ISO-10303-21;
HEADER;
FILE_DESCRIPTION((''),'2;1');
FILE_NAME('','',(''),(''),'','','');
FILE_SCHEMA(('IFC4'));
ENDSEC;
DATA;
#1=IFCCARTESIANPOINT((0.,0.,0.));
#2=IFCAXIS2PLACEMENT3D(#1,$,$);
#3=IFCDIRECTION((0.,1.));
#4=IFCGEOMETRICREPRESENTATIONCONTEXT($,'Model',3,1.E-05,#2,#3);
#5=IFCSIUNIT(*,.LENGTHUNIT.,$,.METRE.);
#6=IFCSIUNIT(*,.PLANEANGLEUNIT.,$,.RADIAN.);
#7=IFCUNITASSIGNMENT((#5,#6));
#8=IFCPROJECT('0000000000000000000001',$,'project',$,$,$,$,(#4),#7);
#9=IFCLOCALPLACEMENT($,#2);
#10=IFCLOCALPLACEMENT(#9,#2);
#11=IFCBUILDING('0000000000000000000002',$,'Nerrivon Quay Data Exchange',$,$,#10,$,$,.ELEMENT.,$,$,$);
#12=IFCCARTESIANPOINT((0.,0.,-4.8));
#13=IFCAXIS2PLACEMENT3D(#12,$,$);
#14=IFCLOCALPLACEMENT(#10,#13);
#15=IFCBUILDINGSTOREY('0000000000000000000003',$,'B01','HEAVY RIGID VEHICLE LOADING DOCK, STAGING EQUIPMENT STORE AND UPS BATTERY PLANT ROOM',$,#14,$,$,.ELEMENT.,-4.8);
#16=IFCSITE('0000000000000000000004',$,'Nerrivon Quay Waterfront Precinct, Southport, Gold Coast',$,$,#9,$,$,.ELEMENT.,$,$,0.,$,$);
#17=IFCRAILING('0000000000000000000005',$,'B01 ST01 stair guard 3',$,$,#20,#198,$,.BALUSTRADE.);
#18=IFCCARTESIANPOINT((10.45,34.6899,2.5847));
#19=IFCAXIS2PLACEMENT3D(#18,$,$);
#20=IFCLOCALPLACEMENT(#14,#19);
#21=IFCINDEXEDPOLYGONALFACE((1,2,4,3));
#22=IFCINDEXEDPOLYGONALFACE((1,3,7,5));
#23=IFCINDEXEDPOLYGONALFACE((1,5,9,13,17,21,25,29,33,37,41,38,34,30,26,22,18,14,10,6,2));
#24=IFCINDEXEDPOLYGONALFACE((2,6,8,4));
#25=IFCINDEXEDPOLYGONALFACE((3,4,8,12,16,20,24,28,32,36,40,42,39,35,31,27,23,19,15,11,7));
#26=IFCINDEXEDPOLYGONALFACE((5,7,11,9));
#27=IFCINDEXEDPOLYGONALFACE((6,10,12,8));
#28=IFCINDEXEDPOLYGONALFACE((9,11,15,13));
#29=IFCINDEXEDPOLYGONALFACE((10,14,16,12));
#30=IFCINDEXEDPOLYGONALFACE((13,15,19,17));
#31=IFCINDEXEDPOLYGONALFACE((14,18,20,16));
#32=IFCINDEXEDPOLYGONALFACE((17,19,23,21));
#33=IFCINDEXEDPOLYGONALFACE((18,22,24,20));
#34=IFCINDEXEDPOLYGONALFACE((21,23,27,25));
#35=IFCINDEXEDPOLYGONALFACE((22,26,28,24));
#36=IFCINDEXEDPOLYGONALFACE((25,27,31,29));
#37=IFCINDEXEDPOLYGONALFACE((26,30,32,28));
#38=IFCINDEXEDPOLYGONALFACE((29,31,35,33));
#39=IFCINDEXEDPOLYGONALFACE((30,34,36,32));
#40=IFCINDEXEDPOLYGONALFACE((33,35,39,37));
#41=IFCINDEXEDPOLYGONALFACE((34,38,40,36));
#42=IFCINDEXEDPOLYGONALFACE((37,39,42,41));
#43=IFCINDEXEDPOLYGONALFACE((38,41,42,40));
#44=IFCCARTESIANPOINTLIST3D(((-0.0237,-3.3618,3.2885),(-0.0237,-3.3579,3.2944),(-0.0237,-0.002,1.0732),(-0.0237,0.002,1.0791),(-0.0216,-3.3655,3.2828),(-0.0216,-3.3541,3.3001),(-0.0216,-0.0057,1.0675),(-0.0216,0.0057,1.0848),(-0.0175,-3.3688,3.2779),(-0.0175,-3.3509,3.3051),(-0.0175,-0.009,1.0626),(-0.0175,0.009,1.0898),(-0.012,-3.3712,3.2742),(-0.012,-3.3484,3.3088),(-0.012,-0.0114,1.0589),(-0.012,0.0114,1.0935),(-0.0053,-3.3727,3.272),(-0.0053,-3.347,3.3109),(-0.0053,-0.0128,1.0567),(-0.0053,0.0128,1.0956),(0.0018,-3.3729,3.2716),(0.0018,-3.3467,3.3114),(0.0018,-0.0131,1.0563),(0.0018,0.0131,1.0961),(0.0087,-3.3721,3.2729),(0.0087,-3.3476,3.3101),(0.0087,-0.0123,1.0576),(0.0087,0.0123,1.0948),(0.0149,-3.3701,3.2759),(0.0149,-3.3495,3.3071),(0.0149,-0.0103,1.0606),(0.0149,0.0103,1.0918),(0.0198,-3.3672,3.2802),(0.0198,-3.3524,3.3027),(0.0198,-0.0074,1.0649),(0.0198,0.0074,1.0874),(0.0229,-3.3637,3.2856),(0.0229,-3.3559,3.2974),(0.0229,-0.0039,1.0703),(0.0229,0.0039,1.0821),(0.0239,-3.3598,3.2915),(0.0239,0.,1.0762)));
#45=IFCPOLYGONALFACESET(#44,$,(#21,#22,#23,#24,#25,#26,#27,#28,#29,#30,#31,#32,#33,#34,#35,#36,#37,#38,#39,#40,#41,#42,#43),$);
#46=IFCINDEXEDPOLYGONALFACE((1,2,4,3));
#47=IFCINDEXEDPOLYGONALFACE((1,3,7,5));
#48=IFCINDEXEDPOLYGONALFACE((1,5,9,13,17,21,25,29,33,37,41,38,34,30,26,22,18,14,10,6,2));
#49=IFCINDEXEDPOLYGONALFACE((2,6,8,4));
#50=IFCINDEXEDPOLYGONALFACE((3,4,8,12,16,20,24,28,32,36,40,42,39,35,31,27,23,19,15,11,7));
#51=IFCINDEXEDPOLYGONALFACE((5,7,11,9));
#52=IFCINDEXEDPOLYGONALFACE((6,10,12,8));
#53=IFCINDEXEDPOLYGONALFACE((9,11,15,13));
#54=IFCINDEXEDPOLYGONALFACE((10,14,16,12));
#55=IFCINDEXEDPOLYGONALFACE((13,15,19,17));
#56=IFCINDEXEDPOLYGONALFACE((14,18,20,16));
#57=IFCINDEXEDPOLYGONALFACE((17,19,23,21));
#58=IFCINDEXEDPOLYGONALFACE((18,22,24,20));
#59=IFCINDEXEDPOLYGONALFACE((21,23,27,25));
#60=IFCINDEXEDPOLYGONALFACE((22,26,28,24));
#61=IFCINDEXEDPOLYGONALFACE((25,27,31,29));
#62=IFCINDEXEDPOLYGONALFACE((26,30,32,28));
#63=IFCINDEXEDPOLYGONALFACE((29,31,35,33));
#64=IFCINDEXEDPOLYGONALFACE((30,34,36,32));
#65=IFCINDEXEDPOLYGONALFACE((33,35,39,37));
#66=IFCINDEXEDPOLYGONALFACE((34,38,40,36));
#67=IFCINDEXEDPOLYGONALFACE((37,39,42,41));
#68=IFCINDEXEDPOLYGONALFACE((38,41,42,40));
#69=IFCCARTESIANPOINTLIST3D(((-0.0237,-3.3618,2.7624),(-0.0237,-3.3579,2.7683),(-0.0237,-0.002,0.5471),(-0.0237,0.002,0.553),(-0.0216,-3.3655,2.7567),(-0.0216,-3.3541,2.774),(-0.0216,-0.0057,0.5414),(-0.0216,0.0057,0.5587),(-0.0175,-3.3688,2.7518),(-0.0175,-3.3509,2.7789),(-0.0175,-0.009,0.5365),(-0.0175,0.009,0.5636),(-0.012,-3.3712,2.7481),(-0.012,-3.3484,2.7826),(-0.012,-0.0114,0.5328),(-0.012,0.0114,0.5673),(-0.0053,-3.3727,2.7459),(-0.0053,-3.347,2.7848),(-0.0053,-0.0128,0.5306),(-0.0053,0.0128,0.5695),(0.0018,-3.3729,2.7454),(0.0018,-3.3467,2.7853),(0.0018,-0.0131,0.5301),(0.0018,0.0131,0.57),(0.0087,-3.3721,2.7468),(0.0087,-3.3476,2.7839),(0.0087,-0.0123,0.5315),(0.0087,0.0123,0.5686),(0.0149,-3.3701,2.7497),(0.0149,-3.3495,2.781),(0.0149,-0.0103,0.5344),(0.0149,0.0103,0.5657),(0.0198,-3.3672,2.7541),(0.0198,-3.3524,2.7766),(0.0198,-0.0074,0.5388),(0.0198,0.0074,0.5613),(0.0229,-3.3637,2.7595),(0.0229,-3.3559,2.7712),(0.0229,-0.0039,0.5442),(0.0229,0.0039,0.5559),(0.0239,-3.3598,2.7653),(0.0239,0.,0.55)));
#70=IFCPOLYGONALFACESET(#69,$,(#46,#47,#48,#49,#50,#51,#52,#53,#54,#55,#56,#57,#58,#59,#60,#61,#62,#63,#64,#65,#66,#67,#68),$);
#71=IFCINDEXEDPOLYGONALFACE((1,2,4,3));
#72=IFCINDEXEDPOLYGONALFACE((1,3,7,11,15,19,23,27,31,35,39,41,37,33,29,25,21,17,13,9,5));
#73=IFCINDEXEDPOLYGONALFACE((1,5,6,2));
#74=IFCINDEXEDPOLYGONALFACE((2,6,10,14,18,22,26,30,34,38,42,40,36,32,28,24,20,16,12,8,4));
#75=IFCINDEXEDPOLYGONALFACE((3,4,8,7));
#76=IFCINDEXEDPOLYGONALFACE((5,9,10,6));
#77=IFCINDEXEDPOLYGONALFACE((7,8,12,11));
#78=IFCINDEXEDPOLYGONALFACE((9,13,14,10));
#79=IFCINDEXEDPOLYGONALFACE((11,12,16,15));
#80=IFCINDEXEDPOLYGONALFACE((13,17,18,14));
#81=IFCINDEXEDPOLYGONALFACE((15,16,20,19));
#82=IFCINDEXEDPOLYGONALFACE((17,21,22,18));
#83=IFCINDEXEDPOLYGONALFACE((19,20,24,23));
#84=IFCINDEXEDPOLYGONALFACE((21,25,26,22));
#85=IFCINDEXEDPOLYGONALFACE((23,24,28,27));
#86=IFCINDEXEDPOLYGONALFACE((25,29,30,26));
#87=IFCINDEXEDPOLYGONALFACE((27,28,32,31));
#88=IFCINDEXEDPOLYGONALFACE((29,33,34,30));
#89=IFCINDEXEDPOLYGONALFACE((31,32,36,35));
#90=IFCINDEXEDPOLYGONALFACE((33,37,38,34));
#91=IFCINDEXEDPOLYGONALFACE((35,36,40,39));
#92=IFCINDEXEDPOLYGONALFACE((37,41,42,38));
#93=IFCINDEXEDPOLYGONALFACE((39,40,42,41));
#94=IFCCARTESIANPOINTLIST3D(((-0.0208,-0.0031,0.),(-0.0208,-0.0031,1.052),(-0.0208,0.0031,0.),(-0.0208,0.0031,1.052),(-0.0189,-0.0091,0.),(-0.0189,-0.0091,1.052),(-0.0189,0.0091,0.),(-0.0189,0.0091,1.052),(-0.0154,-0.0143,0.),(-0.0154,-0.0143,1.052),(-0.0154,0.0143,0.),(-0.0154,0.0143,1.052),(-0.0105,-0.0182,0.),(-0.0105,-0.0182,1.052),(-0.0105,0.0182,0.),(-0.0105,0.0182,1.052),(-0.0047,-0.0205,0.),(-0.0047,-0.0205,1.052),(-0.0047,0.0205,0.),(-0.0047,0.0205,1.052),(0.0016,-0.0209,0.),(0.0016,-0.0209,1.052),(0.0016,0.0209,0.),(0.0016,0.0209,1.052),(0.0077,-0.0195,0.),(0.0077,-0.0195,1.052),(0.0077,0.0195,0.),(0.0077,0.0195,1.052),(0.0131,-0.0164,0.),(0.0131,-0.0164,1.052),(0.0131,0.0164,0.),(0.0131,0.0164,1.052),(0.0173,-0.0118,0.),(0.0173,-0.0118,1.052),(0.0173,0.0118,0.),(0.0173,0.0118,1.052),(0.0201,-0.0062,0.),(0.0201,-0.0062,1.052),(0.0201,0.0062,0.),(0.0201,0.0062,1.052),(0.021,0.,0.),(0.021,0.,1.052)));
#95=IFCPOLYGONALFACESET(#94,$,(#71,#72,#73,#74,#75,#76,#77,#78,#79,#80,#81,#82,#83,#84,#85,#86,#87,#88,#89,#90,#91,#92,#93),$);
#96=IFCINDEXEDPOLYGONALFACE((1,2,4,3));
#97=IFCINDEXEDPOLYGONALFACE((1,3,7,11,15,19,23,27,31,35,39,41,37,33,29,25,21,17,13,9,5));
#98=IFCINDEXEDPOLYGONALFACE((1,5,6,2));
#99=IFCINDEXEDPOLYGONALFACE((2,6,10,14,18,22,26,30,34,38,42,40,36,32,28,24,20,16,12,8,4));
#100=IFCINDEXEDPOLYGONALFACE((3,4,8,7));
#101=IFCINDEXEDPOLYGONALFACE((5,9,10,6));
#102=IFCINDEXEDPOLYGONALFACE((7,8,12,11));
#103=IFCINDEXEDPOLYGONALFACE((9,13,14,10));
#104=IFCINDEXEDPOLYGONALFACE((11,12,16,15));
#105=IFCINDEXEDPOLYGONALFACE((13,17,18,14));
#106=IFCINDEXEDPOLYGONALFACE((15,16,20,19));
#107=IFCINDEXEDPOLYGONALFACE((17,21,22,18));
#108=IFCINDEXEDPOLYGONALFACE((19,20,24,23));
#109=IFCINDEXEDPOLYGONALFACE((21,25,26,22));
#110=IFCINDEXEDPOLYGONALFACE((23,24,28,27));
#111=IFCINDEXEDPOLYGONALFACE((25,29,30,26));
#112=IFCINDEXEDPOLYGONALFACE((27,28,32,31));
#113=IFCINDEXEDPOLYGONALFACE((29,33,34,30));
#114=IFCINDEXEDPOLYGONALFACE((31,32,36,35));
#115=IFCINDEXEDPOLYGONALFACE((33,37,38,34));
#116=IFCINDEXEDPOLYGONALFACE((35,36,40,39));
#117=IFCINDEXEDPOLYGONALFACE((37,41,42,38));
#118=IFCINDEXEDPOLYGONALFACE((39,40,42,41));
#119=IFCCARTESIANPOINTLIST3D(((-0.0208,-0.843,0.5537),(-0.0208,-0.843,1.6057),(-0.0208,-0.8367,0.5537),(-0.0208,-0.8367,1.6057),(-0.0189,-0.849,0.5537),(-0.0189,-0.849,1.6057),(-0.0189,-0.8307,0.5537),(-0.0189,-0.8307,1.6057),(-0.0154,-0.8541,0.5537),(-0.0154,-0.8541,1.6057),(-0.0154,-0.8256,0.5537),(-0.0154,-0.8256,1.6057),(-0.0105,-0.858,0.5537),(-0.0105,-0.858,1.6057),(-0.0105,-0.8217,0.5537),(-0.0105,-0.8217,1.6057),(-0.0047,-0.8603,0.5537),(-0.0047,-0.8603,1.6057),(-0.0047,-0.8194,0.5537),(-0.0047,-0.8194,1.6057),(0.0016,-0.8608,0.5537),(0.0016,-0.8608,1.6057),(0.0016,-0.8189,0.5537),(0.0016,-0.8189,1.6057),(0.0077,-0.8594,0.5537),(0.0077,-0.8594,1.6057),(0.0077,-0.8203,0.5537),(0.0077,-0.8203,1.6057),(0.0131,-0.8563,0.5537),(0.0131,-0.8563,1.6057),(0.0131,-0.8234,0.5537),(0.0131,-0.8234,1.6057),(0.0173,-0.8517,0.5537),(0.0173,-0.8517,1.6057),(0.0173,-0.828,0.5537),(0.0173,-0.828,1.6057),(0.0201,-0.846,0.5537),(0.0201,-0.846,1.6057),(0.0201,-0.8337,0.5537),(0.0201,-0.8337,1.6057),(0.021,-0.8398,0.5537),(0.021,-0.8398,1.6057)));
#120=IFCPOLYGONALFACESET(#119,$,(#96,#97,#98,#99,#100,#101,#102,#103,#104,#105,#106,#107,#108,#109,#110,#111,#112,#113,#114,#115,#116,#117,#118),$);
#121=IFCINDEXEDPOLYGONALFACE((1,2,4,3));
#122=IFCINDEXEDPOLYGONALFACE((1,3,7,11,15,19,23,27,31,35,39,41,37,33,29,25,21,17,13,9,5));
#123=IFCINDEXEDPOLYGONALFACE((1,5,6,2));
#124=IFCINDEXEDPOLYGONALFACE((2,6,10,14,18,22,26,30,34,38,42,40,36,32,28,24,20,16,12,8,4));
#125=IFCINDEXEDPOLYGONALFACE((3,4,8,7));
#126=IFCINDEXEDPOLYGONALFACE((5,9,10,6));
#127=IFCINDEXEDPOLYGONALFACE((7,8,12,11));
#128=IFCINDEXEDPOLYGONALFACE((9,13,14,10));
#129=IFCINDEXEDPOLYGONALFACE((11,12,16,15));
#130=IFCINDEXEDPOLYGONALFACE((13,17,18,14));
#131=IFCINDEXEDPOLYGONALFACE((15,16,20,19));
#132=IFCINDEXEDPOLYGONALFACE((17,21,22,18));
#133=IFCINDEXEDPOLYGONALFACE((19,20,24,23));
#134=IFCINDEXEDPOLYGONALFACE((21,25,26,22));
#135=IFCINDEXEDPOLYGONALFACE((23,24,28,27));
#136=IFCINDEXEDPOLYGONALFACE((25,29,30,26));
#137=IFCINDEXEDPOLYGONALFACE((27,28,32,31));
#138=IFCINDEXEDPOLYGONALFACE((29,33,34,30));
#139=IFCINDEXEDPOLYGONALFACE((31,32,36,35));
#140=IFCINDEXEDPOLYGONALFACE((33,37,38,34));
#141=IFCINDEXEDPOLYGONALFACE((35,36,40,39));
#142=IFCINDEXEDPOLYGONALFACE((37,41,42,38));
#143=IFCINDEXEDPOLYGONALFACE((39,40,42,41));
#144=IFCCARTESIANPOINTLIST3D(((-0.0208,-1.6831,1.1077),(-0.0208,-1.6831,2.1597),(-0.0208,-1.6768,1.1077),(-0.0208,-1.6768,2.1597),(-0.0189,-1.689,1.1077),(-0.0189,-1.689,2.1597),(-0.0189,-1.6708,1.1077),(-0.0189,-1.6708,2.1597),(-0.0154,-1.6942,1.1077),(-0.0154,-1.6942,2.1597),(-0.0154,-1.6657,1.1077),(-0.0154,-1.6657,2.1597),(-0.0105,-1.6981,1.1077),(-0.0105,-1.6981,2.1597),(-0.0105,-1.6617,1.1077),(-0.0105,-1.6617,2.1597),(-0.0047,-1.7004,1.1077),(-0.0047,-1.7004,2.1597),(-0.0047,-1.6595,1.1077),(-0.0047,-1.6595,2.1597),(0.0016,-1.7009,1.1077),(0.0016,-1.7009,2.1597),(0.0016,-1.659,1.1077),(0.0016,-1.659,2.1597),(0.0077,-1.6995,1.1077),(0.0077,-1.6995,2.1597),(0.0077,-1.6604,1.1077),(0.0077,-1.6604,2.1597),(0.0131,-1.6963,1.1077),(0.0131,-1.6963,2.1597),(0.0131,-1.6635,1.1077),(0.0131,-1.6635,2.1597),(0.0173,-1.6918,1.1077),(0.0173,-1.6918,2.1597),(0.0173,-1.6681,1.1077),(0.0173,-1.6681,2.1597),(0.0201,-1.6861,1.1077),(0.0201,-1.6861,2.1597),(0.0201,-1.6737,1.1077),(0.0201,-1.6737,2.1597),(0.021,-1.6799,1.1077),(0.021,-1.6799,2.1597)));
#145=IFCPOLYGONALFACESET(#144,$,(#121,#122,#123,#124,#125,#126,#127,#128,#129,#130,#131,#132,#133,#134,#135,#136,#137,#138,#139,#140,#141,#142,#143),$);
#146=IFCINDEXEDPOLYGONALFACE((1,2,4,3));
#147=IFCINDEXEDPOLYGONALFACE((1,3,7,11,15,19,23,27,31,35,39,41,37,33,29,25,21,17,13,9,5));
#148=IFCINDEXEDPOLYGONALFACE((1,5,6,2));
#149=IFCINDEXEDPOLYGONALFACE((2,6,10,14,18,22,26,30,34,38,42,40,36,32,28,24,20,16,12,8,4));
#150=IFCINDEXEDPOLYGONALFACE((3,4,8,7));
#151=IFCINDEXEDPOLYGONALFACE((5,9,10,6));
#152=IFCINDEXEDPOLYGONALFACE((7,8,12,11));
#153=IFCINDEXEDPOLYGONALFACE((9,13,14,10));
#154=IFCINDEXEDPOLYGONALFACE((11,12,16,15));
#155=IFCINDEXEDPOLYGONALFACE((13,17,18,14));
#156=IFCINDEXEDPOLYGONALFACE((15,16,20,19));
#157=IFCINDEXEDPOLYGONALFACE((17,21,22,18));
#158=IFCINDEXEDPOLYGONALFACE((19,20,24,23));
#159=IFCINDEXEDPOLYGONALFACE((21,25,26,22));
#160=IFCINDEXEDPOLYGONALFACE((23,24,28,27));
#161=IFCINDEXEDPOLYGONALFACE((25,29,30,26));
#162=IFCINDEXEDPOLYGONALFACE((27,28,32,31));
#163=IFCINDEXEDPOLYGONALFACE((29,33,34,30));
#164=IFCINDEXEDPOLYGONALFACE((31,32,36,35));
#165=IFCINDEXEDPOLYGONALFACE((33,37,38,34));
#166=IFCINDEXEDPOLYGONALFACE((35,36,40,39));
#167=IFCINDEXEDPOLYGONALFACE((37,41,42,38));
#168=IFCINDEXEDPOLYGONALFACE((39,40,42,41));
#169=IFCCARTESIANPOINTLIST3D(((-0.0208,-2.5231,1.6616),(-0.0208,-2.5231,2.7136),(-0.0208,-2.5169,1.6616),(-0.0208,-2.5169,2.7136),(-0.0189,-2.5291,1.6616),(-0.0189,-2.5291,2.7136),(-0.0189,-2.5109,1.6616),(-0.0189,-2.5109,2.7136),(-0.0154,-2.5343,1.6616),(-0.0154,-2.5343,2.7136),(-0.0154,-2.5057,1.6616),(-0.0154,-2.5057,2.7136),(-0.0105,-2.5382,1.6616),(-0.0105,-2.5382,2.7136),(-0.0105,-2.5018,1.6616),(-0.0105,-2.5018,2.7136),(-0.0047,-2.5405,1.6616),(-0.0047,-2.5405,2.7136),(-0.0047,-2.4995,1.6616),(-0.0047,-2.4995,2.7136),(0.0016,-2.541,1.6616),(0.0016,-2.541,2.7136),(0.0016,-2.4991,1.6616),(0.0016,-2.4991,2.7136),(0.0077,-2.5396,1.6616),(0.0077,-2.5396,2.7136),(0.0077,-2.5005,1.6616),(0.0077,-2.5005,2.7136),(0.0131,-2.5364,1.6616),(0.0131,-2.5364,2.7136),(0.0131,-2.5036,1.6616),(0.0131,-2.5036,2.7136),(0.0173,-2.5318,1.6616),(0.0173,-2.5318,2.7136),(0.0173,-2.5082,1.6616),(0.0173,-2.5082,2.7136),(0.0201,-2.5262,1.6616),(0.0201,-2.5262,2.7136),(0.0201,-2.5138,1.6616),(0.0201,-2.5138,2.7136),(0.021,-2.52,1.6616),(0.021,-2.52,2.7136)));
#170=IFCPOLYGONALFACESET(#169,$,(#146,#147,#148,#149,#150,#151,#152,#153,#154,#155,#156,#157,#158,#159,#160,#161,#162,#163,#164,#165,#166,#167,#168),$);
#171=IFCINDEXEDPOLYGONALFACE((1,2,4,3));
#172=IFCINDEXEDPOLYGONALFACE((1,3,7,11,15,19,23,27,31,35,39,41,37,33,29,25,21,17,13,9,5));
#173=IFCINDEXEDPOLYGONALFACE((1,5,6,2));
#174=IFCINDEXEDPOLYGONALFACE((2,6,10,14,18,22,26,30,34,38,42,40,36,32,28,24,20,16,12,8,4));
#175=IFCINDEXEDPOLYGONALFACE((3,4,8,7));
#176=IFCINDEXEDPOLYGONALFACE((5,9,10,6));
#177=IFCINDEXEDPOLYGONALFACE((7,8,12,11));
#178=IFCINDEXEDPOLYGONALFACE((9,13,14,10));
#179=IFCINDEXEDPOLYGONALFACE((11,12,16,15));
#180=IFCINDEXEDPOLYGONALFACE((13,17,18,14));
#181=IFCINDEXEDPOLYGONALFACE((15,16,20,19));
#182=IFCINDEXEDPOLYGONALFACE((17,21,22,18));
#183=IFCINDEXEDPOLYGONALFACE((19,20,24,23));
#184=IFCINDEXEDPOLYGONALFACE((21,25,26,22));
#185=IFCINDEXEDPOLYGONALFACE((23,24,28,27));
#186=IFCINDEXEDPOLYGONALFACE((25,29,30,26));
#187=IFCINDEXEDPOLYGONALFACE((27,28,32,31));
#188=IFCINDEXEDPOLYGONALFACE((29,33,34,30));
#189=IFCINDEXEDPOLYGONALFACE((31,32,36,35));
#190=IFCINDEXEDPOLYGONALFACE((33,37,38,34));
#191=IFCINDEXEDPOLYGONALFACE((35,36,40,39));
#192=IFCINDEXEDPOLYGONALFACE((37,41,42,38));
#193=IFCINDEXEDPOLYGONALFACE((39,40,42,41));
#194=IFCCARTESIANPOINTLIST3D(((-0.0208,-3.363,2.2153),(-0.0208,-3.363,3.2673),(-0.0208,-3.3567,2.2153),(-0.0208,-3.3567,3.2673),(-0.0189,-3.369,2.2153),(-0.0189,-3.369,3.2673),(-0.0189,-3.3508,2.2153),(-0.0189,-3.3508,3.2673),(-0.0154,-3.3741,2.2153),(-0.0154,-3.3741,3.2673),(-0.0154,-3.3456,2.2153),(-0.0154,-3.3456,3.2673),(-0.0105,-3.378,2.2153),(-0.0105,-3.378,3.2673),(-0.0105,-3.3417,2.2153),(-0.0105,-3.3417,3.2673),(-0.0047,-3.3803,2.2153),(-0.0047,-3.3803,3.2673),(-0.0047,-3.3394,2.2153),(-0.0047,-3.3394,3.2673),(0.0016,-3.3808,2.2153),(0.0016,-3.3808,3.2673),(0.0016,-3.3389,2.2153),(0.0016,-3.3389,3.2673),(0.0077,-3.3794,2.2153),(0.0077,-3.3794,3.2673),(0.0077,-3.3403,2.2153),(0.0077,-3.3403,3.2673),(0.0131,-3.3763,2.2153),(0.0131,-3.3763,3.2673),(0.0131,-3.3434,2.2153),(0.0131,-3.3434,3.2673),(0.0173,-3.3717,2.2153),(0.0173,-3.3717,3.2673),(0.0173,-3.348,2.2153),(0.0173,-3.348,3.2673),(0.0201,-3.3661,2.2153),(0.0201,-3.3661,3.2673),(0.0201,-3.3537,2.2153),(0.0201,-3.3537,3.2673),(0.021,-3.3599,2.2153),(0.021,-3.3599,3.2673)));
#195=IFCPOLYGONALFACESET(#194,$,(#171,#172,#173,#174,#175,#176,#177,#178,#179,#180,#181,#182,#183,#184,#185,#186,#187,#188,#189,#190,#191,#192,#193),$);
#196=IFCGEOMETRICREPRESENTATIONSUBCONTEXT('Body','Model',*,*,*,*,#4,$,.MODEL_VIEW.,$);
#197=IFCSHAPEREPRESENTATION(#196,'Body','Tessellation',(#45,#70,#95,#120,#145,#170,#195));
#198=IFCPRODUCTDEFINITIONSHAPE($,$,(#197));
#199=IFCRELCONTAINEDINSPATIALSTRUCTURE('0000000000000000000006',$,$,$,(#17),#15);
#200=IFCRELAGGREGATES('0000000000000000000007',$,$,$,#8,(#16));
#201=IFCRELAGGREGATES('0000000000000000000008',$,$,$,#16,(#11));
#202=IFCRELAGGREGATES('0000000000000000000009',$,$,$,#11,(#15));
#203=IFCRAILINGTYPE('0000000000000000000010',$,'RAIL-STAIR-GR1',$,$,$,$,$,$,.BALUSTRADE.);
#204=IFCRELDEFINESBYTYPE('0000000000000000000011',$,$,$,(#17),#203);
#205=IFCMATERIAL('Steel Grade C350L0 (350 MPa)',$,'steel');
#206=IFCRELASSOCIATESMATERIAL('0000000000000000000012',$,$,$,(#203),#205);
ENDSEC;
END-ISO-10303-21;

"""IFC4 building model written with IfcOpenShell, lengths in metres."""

from ifc_helpers import new_model, si_unit, direction, frame, origin, origin_2d, place, context, subcontext, project, spatial, circle, extrude, material, type_object, element, save


model = new_model("IFC4")

# Units and contexts
model_context = context("Model", 3, precision=1e-05, world=origin(), true_north=direction((0.0, 1.0)))
body_context = subcontext(model_context, "Body", "Model", "MODEL_VIEW")
ifc_project = project(units=[si_unit("LENGTHUNIT", "METRE"), si_unit("PLANEANGLEUNIT", "RADIAN")], contexts=[model_context])

# Site, building, storey
site_placement = place(None, origin())
site = spatial("IfcSite", under=ifc_project, at=site_placement, Name="Nerrivon Quay Waterfront Precinct, Southport, Gold Coast", CompositionType="ELEMENT", RefElevation=0.0)
building_placement = place(site_placement, origin())
building = spatial("IfcBuilding", under=site, at=building_placement, Name="Nerrivon Quay Data Exchange", CompositionType="ELEMENT")
storey_placement = place(building_placement, frame((0.0, 0.0, -4.8)))
storey = spatial("IfcBuildingStorey", under=building, at=storey_placement, Name="B01", Description="HEAVY RIGID VEHICLE LOADING DOCK, STAGING EQUIPMENT STORE AND UPS BATTERY PLANT ROOM", CompositionType="ELEMENT", Elevation=-4.8)

# Railing
ifc_material_1 = material(Name="Steel Grade C350L0 (350 MPa)", Category="steel")
railing_type = type_object("IfcRailingType", Name="RAIL-STAIR-GR1", PredefinedType="BALUSTRADE", material=ifc_material_1)
railing_1_placement = place(storey_placement, frame((10.45, 34.6899, 2.5847)))
element("IfcRailing", 1, at=railing_1_placement, inside=storey, type_object=railing_type, Name="B01 ST01 stair guard 3", PredefinedType="BALUSTRADE", context=body_context, shape_type="SweptSolid", body=[
    extrude(circle(Radius=0.0239, at=origin_2d()), frame((0.0, 0.0, 1.0762), z_axis=(0.0, -0.834858, 0.550465), x_axis=(1.0, 0.0, 0.0)), (0.0, 0.0, 1.0), 4.0244),
    extrude(circle(Radius=0.0239, at=origin_2d()), frame((0.0, 0.0, 0.55), z_axis=(0.0, -0.834858, 0.550465), x_axis=(1.0, 0.0, 0.0)), (0.0, 0.0, 1.0), 4.0244),
    extrude(circle(Radius=0.021, at=origin_2d()), origin(), (0.0, 0.0, 1.0), 1.052),
    extrude(circle(Radius=0.021, at=origin_2d()), frame((0.0, -0.8398, 0.5537)), (0.0, 0.0, 1.0), 1.052),
    extrude(circle(Radius=0.021, at=origin_2d()), frame((0.0, -1.6799, 1.1077)), (0.0, 0.0, 1.0), 1.052),
    extrude(circle(Radius=0.021, at=origin_2d()), frame((0.0, -2.52, 1.6616)), (0.0, 0.0, 1.0), 1.052),
    extrude(circle(Radius=0.021, at=origin_2d()), frame((0.0, -3.3599, 2.2153)), (0.0, 0.0, 1.0), 1.052),
])

save(model, "model.ifc")
